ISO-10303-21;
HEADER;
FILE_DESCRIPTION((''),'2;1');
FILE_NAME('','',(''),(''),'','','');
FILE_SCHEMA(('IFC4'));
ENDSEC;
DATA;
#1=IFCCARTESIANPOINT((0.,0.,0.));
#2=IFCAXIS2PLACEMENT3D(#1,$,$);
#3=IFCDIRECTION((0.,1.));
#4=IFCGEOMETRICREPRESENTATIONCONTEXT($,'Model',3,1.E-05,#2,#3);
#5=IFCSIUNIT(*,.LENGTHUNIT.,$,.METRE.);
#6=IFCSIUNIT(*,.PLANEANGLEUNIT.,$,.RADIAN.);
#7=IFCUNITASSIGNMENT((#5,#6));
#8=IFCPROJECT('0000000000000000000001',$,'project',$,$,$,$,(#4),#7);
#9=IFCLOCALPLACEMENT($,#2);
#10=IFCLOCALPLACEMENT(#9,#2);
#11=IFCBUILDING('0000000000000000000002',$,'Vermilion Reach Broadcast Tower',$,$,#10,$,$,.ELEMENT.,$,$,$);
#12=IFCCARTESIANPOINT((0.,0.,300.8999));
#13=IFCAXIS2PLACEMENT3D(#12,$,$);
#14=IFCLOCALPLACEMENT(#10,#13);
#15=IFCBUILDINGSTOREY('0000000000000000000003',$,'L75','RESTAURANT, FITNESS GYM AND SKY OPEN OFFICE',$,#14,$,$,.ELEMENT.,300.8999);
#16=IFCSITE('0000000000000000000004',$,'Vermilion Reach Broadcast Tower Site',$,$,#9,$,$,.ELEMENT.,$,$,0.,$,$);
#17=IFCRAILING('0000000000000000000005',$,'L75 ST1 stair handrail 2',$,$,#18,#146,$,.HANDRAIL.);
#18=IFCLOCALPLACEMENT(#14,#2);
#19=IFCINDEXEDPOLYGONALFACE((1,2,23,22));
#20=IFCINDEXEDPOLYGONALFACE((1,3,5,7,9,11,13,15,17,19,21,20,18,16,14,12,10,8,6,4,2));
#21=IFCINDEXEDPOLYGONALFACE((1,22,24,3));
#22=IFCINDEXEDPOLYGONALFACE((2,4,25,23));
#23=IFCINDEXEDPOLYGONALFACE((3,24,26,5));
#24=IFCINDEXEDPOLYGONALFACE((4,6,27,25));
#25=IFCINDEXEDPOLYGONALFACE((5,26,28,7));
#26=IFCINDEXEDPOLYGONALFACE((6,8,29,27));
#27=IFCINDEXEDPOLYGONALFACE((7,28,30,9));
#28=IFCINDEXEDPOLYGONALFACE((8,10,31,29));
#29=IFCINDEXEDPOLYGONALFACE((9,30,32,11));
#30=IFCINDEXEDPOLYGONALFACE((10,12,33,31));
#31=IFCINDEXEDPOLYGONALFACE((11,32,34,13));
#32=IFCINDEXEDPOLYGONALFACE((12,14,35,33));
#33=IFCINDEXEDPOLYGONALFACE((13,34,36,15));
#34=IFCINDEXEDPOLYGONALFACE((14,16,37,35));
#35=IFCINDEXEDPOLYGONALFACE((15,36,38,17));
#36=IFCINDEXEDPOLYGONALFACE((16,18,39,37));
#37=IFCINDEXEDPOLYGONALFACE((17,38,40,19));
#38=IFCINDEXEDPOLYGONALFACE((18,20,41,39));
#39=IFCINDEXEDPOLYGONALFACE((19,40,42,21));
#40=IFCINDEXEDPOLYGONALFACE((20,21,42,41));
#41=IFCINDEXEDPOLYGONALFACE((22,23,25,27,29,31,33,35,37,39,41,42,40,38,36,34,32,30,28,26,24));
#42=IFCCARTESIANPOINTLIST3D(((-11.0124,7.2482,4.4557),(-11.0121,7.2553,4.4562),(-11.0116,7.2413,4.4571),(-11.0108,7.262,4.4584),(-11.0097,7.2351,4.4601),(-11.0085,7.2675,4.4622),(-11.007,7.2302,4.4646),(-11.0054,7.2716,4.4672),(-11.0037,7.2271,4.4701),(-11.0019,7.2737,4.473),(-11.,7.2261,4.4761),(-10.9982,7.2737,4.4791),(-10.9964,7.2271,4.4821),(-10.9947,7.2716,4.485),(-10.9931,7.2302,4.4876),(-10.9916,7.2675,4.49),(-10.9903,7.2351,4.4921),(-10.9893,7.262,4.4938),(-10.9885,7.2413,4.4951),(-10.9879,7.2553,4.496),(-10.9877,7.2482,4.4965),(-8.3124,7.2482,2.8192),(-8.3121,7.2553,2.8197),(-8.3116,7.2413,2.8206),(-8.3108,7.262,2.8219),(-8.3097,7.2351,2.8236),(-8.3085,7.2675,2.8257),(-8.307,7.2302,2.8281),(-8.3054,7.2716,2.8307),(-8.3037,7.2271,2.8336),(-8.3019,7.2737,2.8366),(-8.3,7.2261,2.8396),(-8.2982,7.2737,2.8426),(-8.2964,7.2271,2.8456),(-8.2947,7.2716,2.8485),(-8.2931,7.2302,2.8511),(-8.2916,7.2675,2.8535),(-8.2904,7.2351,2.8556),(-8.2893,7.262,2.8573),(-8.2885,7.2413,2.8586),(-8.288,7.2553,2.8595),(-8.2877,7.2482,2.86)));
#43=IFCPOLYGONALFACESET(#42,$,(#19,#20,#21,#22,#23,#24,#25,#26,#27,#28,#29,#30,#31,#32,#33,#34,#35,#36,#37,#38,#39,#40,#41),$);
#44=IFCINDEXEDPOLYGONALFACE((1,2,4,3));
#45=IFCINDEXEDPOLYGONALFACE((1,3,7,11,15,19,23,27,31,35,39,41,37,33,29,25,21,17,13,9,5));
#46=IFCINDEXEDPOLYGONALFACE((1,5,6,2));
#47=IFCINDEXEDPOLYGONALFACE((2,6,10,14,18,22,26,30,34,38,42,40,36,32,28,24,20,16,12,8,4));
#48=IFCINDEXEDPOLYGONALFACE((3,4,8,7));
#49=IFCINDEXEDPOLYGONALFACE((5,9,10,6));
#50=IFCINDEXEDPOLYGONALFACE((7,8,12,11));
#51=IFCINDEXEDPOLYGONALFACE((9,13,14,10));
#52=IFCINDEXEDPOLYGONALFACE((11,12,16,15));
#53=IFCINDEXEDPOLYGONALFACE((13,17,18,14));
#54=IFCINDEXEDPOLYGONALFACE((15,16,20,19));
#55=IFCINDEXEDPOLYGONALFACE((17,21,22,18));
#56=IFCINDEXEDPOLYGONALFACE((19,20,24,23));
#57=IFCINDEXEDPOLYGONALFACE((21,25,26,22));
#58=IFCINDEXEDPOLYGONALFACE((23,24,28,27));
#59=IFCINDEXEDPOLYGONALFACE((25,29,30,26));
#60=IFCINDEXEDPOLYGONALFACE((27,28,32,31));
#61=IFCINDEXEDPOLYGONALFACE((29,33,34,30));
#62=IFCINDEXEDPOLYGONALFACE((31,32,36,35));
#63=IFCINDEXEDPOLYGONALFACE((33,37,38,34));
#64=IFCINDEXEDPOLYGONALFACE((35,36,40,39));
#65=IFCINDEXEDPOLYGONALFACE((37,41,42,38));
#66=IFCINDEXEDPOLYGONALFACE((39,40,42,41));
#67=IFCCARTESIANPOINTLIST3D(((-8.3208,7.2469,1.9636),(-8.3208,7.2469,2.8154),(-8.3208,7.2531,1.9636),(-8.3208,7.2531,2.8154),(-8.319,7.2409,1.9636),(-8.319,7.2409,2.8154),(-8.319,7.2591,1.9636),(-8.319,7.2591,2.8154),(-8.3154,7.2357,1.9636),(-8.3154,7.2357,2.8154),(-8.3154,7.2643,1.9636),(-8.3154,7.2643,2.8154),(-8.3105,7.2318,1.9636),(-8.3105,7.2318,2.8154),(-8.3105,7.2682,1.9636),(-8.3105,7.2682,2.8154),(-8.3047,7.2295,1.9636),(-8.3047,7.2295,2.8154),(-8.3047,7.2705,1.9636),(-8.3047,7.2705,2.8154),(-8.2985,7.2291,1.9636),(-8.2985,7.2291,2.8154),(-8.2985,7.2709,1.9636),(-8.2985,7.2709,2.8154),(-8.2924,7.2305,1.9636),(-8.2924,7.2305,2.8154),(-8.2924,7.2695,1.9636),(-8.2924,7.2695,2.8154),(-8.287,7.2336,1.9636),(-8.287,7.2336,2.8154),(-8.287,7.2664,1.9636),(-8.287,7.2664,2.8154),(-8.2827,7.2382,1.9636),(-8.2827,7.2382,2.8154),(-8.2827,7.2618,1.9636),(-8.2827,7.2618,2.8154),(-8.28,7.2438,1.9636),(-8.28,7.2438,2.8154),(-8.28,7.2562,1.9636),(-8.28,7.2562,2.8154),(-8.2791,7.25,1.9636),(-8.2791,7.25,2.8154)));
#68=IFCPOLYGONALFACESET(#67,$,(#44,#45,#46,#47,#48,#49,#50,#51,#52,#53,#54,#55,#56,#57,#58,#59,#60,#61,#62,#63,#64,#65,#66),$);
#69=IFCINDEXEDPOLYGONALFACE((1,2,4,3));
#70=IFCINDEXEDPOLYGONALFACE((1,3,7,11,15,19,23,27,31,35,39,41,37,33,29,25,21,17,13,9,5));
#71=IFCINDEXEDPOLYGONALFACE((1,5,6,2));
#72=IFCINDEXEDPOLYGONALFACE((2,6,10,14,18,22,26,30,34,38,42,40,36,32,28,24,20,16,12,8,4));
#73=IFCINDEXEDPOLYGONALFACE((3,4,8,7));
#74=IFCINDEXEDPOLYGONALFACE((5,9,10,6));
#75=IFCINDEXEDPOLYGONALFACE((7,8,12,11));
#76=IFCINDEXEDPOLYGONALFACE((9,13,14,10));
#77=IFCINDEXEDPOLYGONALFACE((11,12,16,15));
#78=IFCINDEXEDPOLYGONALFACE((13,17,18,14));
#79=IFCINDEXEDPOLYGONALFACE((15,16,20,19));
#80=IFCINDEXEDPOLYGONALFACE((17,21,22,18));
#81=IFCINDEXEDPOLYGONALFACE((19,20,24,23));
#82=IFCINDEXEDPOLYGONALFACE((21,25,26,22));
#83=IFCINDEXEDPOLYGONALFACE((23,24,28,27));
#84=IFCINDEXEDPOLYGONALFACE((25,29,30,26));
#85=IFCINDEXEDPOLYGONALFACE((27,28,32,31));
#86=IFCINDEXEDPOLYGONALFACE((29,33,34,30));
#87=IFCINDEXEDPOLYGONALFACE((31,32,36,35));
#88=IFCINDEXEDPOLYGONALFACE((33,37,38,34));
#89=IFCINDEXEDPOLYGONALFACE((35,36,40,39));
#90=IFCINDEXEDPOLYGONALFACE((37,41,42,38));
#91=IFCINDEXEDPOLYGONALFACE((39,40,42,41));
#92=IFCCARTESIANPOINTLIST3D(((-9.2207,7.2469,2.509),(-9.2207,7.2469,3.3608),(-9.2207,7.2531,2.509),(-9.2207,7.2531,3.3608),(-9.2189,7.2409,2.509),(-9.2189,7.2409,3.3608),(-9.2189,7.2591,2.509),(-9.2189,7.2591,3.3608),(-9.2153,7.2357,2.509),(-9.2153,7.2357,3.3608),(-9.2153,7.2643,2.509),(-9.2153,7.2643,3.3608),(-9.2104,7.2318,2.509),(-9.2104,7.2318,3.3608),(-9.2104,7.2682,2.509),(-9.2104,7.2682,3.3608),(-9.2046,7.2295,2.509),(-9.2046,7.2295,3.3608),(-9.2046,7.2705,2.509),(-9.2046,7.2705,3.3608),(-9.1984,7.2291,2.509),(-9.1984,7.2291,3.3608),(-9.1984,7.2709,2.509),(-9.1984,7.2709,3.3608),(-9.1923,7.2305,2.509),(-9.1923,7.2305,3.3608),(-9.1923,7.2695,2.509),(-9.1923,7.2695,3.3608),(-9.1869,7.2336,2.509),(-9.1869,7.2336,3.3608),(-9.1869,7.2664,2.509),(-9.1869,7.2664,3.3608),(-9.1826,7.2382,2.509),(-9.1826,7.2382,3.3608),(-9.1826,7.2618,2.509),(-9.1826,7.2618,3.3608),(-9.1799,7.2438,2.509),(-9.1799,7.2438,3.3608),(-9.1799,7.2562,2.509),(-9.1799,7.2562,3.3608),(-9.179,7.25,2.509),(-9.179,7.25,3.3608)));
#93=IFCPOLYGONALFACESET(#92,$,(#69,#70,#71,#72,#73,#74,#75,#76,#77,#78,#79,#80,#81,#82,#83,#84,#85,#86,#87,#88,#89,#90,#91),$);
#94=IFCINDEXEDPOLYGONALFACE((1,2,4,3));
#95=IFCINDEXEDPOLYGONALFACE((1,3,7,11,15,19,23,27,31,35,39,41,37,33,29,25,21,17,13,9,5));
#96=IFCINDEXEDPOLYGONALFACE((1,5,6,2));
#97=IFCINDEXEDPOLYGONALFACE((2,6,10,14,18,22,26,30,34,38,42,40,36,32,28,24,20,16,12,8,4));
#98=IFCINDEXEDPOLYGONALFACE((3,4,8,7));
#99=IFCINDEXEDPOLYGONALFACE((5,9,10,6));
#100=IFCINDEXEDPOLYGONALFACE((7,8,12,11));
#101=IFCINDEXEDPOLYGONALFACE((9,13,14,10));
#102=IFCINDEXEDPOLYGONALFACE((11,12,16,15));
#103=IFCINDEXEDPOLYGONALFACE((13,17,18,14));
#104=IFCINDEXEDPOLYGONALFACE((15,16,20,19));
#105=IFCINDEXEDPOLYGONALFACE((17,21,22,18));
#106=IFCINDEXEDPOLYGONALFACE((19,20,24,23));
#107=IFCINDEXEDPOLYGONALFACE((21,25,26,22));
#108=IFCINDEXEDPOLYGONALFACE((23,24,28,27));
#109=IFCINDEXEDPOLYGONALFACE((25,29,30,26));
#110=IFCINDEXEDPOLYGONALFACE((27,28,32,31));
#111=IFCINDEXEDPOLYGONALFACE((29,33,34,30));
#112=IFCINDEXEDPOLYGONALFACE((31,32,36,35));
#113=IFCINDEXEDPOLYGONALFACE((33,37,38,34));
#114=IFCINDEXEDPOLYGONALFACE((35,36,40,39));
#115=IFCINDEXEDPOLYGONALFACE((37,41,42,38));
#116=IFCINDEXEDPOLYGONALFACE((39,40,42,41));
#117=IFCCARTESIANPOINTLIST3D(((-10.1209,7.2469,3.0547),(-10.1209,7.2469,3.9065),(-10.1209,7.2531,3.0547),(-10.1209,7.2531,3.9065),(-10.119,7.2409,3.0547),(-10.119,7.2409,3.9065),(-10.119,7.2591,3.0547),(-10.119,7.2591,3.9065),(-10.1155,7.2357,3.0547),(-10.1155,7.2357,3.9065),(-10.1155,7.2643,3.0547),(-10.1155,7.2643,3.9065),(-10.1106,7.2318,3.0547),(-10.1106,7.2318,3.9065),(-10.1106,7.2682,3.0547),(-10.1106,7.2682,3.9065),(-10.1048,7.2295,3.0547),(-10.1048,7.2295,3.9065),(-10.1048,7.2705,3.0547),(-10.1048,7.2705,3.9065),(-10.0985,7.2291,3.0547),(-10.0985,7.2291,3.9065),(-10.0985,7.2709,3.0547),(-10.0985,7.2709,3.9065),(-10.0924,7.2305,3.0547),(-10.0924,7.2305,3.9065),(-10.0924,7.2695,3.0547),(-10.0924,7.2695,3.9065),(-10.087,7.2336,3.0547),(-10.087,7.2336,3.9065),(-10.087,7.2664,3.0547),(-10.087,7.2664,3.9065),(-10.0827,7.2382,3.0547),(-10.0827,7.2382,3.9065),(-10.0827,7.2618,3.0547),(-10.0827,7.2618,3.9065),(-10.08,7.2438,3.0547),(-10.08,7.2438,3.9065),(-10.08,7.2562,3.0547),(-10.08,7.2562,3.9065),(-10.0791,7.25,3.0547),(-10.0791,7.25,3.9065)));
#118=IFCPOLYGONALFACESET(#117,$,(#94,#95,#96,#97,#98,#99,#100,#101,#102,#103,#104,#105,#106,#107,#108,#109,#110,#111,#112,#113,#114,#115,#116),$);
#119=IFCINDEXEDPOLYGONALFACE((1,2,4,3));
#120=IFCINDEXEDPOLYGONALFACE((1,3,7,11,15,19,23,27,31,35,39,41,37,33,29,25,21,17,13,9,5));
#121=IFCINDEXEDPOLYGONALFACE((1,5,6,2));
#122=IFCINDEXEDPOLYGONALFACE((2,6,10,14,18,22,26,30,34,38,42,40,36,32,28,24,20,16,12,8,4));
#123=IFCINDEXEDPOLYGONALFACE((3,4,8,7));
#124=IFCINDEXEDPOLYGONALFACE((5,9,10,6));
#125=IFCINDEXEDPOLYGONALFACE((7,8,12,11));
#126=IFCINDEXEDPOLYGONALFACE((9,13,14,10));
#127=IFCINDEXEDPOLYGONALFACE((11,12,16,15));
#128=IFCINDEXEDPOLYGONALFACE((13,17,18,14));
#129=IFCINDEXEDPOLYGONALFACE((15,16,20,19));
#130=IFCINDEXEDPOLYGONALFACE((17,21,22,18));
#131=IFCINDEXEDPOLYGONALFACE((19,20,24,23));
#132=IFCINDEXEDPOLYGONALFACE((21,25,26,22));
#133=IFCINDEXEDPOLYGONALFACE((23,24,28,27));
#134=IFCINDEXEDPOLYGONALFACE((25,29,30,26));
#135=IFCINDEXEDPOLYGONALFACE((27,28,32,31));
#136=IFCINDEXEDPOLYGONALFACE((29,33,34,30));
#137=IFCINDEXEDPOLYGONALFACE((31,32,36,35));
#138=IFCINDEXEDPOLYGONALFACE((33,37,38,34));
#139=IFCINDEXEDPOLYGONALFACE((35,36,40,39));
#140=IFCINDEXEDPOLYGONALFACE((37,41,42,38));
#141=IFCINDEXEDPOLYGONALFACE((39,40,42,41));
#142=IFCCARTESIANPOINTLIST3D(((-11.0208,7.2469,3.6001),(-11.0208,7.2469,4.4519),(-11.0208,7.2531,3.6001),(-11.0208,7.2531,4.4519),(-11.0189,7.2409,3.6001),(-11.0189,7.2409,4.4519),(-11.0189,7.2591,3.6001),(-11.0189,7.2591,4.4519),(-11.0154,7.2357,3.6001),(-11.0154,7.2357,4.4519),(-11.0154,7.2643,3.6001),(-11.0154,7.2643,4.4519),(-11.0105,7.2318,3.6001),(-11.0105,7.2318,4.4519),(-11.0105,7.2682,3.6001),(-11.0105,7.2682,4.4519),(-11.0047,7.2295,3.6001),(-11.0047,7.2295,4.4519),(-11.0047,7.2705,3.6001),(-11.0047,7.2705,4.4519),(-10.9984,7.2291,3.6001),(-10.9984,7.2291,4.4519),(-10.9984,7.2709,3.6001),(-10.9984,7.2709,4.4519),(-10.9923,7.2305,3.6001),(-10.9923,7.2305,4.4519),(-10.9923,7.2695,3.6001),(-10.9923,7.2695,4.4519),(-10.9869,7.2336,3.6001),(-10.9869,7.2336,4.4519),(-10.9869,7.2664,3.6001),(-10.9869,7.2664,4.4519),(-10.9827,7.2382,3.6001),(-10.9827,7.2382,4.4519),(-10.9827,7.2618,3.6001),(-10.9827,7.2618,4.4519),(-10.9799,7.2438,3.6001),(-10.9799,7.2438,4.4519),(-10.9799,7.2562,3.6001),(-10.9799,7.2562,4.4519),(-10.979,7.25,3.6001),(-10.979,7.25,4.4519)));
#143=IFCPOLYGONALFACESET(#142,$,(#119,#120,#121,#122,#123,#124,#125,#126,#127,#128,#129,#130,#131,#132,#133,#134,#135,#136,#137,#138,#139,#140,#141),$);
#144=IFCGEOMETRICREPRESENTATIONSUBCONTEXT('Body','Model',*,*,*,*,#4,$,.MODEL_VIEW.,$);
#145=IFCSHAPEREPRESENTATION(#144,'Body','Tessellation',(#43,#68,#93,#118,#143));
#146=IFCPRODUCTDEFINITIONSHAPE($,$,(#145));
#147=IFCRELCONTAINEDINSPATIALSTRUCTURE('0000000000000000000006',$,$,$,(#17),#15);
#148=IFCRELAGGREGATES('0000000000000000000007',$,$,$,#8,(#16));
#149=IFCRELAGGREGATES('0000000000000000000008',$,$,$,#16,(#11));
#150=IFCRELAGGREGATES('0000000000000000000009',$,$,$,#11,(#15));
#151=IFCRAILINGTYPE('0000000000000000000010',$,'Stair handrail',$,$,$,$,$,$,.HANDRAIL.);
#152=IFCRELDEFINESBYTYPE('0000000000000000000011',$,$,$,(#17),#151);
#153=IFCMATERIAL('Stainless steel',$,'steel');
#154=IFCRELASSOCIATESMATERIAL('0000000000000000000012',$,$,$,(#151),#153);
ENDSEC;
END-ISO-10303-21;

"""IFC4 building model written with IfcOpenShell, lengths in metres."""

from ifc_helpers import new_model, si_unit, direction, frame, origin, origin_2d, place, context, subcontext, project, spatial, circle, extrude, material, type_object, element, save


model = new_model("IFC4")

# Units and contexts
model_context = context("Model", 3, precision=1e-05, world=origin(), true_north=direction((0.0, 1.0)))
body_context = subcontext(model_context, "Body", "Model", "MODEL_VIEW")
ifc_project = project(units=[si_unit("LENGTHUNIT", "METRE"), si_unit("PLANEANGLEUNIT", "RADIAN")], contexts=[model_context])

# Site, building, storey
site_placement = place(None, origin())
site = spatial("IfcSite", under=ifc_project, at=site_placement, Name="Vermilion Reach Broadcast Tower Site", CompositionType="ELEMENT", RefElevation=0.0)
building_placement = place(site_placement, origin())
building = spatial("IfcBuilding", under=site, at=building_placement, Name="Vermilion Reach Broadcast Tower", CompositionType="ELEMENT")
storey_placement = place(building_placement, frame((0.0, 0.0, 300.8999)))
storey = spatial("IfcBuildingStorey", under=building, at=storey_placement, Name="L75", Description="RESTAURANT, FITNESS GYM AND SKY OPEN OFFICE", CompositionType="ELEMENT", Elevation=300.8999)

# Railing
ifc_material_1 = material(Name="Stainless steel", Category="steel")
railing_type_1 = type_object("IfcRailingType", Name="Stair handrail", PredefinedType="HANDRAIL", material=ifc_material_1)
railing_1_placement = place(storey_placement, frame((-8.3, 7.25, 1.9636)))
element("IfcRailing", 1, at=railing_1_placement, inside=storey, type_object=railing_type_1, Name="L75 ST1 stair handrail 2", PredefinedType="HANDRAIL", context=body_context, shape_type="SweptSolid", body=[
    extrude(circle(Radius=0.0239, at=origin_2d()), frame((0.0, 0.0, 0.876), z_axis=(-0.855178, 0.0, 0.518334), x_axis=(0.0, -1.0, 0.0)), (0.0, 0.0, 1.0), 3.1572),
    extrude(circle(Radius=0.021, at=origin_2d()), origin(), (0.0, 0.0, 1.0), 0.8518),
    extrude(circle(Radius=0.021, at=origin_2d()), frame((-0.8999, 0.0, 0.5454)), (0.0, 0.0, 1.0), 0.8518),
    extrude(circle(Radius=0.021, at=origin_2d()), frame((-1.8, 0.0, 1.0911)), (0.0, 0.0, 1.0), 0.8518),
    extrude(circle(Radius=0.021, at=origin_2d()), frame((-2.7, 0.0, 1.6365)), (0.0, 0.0, 1.0), 0.8518),
])

save(model, "model.ifc")
